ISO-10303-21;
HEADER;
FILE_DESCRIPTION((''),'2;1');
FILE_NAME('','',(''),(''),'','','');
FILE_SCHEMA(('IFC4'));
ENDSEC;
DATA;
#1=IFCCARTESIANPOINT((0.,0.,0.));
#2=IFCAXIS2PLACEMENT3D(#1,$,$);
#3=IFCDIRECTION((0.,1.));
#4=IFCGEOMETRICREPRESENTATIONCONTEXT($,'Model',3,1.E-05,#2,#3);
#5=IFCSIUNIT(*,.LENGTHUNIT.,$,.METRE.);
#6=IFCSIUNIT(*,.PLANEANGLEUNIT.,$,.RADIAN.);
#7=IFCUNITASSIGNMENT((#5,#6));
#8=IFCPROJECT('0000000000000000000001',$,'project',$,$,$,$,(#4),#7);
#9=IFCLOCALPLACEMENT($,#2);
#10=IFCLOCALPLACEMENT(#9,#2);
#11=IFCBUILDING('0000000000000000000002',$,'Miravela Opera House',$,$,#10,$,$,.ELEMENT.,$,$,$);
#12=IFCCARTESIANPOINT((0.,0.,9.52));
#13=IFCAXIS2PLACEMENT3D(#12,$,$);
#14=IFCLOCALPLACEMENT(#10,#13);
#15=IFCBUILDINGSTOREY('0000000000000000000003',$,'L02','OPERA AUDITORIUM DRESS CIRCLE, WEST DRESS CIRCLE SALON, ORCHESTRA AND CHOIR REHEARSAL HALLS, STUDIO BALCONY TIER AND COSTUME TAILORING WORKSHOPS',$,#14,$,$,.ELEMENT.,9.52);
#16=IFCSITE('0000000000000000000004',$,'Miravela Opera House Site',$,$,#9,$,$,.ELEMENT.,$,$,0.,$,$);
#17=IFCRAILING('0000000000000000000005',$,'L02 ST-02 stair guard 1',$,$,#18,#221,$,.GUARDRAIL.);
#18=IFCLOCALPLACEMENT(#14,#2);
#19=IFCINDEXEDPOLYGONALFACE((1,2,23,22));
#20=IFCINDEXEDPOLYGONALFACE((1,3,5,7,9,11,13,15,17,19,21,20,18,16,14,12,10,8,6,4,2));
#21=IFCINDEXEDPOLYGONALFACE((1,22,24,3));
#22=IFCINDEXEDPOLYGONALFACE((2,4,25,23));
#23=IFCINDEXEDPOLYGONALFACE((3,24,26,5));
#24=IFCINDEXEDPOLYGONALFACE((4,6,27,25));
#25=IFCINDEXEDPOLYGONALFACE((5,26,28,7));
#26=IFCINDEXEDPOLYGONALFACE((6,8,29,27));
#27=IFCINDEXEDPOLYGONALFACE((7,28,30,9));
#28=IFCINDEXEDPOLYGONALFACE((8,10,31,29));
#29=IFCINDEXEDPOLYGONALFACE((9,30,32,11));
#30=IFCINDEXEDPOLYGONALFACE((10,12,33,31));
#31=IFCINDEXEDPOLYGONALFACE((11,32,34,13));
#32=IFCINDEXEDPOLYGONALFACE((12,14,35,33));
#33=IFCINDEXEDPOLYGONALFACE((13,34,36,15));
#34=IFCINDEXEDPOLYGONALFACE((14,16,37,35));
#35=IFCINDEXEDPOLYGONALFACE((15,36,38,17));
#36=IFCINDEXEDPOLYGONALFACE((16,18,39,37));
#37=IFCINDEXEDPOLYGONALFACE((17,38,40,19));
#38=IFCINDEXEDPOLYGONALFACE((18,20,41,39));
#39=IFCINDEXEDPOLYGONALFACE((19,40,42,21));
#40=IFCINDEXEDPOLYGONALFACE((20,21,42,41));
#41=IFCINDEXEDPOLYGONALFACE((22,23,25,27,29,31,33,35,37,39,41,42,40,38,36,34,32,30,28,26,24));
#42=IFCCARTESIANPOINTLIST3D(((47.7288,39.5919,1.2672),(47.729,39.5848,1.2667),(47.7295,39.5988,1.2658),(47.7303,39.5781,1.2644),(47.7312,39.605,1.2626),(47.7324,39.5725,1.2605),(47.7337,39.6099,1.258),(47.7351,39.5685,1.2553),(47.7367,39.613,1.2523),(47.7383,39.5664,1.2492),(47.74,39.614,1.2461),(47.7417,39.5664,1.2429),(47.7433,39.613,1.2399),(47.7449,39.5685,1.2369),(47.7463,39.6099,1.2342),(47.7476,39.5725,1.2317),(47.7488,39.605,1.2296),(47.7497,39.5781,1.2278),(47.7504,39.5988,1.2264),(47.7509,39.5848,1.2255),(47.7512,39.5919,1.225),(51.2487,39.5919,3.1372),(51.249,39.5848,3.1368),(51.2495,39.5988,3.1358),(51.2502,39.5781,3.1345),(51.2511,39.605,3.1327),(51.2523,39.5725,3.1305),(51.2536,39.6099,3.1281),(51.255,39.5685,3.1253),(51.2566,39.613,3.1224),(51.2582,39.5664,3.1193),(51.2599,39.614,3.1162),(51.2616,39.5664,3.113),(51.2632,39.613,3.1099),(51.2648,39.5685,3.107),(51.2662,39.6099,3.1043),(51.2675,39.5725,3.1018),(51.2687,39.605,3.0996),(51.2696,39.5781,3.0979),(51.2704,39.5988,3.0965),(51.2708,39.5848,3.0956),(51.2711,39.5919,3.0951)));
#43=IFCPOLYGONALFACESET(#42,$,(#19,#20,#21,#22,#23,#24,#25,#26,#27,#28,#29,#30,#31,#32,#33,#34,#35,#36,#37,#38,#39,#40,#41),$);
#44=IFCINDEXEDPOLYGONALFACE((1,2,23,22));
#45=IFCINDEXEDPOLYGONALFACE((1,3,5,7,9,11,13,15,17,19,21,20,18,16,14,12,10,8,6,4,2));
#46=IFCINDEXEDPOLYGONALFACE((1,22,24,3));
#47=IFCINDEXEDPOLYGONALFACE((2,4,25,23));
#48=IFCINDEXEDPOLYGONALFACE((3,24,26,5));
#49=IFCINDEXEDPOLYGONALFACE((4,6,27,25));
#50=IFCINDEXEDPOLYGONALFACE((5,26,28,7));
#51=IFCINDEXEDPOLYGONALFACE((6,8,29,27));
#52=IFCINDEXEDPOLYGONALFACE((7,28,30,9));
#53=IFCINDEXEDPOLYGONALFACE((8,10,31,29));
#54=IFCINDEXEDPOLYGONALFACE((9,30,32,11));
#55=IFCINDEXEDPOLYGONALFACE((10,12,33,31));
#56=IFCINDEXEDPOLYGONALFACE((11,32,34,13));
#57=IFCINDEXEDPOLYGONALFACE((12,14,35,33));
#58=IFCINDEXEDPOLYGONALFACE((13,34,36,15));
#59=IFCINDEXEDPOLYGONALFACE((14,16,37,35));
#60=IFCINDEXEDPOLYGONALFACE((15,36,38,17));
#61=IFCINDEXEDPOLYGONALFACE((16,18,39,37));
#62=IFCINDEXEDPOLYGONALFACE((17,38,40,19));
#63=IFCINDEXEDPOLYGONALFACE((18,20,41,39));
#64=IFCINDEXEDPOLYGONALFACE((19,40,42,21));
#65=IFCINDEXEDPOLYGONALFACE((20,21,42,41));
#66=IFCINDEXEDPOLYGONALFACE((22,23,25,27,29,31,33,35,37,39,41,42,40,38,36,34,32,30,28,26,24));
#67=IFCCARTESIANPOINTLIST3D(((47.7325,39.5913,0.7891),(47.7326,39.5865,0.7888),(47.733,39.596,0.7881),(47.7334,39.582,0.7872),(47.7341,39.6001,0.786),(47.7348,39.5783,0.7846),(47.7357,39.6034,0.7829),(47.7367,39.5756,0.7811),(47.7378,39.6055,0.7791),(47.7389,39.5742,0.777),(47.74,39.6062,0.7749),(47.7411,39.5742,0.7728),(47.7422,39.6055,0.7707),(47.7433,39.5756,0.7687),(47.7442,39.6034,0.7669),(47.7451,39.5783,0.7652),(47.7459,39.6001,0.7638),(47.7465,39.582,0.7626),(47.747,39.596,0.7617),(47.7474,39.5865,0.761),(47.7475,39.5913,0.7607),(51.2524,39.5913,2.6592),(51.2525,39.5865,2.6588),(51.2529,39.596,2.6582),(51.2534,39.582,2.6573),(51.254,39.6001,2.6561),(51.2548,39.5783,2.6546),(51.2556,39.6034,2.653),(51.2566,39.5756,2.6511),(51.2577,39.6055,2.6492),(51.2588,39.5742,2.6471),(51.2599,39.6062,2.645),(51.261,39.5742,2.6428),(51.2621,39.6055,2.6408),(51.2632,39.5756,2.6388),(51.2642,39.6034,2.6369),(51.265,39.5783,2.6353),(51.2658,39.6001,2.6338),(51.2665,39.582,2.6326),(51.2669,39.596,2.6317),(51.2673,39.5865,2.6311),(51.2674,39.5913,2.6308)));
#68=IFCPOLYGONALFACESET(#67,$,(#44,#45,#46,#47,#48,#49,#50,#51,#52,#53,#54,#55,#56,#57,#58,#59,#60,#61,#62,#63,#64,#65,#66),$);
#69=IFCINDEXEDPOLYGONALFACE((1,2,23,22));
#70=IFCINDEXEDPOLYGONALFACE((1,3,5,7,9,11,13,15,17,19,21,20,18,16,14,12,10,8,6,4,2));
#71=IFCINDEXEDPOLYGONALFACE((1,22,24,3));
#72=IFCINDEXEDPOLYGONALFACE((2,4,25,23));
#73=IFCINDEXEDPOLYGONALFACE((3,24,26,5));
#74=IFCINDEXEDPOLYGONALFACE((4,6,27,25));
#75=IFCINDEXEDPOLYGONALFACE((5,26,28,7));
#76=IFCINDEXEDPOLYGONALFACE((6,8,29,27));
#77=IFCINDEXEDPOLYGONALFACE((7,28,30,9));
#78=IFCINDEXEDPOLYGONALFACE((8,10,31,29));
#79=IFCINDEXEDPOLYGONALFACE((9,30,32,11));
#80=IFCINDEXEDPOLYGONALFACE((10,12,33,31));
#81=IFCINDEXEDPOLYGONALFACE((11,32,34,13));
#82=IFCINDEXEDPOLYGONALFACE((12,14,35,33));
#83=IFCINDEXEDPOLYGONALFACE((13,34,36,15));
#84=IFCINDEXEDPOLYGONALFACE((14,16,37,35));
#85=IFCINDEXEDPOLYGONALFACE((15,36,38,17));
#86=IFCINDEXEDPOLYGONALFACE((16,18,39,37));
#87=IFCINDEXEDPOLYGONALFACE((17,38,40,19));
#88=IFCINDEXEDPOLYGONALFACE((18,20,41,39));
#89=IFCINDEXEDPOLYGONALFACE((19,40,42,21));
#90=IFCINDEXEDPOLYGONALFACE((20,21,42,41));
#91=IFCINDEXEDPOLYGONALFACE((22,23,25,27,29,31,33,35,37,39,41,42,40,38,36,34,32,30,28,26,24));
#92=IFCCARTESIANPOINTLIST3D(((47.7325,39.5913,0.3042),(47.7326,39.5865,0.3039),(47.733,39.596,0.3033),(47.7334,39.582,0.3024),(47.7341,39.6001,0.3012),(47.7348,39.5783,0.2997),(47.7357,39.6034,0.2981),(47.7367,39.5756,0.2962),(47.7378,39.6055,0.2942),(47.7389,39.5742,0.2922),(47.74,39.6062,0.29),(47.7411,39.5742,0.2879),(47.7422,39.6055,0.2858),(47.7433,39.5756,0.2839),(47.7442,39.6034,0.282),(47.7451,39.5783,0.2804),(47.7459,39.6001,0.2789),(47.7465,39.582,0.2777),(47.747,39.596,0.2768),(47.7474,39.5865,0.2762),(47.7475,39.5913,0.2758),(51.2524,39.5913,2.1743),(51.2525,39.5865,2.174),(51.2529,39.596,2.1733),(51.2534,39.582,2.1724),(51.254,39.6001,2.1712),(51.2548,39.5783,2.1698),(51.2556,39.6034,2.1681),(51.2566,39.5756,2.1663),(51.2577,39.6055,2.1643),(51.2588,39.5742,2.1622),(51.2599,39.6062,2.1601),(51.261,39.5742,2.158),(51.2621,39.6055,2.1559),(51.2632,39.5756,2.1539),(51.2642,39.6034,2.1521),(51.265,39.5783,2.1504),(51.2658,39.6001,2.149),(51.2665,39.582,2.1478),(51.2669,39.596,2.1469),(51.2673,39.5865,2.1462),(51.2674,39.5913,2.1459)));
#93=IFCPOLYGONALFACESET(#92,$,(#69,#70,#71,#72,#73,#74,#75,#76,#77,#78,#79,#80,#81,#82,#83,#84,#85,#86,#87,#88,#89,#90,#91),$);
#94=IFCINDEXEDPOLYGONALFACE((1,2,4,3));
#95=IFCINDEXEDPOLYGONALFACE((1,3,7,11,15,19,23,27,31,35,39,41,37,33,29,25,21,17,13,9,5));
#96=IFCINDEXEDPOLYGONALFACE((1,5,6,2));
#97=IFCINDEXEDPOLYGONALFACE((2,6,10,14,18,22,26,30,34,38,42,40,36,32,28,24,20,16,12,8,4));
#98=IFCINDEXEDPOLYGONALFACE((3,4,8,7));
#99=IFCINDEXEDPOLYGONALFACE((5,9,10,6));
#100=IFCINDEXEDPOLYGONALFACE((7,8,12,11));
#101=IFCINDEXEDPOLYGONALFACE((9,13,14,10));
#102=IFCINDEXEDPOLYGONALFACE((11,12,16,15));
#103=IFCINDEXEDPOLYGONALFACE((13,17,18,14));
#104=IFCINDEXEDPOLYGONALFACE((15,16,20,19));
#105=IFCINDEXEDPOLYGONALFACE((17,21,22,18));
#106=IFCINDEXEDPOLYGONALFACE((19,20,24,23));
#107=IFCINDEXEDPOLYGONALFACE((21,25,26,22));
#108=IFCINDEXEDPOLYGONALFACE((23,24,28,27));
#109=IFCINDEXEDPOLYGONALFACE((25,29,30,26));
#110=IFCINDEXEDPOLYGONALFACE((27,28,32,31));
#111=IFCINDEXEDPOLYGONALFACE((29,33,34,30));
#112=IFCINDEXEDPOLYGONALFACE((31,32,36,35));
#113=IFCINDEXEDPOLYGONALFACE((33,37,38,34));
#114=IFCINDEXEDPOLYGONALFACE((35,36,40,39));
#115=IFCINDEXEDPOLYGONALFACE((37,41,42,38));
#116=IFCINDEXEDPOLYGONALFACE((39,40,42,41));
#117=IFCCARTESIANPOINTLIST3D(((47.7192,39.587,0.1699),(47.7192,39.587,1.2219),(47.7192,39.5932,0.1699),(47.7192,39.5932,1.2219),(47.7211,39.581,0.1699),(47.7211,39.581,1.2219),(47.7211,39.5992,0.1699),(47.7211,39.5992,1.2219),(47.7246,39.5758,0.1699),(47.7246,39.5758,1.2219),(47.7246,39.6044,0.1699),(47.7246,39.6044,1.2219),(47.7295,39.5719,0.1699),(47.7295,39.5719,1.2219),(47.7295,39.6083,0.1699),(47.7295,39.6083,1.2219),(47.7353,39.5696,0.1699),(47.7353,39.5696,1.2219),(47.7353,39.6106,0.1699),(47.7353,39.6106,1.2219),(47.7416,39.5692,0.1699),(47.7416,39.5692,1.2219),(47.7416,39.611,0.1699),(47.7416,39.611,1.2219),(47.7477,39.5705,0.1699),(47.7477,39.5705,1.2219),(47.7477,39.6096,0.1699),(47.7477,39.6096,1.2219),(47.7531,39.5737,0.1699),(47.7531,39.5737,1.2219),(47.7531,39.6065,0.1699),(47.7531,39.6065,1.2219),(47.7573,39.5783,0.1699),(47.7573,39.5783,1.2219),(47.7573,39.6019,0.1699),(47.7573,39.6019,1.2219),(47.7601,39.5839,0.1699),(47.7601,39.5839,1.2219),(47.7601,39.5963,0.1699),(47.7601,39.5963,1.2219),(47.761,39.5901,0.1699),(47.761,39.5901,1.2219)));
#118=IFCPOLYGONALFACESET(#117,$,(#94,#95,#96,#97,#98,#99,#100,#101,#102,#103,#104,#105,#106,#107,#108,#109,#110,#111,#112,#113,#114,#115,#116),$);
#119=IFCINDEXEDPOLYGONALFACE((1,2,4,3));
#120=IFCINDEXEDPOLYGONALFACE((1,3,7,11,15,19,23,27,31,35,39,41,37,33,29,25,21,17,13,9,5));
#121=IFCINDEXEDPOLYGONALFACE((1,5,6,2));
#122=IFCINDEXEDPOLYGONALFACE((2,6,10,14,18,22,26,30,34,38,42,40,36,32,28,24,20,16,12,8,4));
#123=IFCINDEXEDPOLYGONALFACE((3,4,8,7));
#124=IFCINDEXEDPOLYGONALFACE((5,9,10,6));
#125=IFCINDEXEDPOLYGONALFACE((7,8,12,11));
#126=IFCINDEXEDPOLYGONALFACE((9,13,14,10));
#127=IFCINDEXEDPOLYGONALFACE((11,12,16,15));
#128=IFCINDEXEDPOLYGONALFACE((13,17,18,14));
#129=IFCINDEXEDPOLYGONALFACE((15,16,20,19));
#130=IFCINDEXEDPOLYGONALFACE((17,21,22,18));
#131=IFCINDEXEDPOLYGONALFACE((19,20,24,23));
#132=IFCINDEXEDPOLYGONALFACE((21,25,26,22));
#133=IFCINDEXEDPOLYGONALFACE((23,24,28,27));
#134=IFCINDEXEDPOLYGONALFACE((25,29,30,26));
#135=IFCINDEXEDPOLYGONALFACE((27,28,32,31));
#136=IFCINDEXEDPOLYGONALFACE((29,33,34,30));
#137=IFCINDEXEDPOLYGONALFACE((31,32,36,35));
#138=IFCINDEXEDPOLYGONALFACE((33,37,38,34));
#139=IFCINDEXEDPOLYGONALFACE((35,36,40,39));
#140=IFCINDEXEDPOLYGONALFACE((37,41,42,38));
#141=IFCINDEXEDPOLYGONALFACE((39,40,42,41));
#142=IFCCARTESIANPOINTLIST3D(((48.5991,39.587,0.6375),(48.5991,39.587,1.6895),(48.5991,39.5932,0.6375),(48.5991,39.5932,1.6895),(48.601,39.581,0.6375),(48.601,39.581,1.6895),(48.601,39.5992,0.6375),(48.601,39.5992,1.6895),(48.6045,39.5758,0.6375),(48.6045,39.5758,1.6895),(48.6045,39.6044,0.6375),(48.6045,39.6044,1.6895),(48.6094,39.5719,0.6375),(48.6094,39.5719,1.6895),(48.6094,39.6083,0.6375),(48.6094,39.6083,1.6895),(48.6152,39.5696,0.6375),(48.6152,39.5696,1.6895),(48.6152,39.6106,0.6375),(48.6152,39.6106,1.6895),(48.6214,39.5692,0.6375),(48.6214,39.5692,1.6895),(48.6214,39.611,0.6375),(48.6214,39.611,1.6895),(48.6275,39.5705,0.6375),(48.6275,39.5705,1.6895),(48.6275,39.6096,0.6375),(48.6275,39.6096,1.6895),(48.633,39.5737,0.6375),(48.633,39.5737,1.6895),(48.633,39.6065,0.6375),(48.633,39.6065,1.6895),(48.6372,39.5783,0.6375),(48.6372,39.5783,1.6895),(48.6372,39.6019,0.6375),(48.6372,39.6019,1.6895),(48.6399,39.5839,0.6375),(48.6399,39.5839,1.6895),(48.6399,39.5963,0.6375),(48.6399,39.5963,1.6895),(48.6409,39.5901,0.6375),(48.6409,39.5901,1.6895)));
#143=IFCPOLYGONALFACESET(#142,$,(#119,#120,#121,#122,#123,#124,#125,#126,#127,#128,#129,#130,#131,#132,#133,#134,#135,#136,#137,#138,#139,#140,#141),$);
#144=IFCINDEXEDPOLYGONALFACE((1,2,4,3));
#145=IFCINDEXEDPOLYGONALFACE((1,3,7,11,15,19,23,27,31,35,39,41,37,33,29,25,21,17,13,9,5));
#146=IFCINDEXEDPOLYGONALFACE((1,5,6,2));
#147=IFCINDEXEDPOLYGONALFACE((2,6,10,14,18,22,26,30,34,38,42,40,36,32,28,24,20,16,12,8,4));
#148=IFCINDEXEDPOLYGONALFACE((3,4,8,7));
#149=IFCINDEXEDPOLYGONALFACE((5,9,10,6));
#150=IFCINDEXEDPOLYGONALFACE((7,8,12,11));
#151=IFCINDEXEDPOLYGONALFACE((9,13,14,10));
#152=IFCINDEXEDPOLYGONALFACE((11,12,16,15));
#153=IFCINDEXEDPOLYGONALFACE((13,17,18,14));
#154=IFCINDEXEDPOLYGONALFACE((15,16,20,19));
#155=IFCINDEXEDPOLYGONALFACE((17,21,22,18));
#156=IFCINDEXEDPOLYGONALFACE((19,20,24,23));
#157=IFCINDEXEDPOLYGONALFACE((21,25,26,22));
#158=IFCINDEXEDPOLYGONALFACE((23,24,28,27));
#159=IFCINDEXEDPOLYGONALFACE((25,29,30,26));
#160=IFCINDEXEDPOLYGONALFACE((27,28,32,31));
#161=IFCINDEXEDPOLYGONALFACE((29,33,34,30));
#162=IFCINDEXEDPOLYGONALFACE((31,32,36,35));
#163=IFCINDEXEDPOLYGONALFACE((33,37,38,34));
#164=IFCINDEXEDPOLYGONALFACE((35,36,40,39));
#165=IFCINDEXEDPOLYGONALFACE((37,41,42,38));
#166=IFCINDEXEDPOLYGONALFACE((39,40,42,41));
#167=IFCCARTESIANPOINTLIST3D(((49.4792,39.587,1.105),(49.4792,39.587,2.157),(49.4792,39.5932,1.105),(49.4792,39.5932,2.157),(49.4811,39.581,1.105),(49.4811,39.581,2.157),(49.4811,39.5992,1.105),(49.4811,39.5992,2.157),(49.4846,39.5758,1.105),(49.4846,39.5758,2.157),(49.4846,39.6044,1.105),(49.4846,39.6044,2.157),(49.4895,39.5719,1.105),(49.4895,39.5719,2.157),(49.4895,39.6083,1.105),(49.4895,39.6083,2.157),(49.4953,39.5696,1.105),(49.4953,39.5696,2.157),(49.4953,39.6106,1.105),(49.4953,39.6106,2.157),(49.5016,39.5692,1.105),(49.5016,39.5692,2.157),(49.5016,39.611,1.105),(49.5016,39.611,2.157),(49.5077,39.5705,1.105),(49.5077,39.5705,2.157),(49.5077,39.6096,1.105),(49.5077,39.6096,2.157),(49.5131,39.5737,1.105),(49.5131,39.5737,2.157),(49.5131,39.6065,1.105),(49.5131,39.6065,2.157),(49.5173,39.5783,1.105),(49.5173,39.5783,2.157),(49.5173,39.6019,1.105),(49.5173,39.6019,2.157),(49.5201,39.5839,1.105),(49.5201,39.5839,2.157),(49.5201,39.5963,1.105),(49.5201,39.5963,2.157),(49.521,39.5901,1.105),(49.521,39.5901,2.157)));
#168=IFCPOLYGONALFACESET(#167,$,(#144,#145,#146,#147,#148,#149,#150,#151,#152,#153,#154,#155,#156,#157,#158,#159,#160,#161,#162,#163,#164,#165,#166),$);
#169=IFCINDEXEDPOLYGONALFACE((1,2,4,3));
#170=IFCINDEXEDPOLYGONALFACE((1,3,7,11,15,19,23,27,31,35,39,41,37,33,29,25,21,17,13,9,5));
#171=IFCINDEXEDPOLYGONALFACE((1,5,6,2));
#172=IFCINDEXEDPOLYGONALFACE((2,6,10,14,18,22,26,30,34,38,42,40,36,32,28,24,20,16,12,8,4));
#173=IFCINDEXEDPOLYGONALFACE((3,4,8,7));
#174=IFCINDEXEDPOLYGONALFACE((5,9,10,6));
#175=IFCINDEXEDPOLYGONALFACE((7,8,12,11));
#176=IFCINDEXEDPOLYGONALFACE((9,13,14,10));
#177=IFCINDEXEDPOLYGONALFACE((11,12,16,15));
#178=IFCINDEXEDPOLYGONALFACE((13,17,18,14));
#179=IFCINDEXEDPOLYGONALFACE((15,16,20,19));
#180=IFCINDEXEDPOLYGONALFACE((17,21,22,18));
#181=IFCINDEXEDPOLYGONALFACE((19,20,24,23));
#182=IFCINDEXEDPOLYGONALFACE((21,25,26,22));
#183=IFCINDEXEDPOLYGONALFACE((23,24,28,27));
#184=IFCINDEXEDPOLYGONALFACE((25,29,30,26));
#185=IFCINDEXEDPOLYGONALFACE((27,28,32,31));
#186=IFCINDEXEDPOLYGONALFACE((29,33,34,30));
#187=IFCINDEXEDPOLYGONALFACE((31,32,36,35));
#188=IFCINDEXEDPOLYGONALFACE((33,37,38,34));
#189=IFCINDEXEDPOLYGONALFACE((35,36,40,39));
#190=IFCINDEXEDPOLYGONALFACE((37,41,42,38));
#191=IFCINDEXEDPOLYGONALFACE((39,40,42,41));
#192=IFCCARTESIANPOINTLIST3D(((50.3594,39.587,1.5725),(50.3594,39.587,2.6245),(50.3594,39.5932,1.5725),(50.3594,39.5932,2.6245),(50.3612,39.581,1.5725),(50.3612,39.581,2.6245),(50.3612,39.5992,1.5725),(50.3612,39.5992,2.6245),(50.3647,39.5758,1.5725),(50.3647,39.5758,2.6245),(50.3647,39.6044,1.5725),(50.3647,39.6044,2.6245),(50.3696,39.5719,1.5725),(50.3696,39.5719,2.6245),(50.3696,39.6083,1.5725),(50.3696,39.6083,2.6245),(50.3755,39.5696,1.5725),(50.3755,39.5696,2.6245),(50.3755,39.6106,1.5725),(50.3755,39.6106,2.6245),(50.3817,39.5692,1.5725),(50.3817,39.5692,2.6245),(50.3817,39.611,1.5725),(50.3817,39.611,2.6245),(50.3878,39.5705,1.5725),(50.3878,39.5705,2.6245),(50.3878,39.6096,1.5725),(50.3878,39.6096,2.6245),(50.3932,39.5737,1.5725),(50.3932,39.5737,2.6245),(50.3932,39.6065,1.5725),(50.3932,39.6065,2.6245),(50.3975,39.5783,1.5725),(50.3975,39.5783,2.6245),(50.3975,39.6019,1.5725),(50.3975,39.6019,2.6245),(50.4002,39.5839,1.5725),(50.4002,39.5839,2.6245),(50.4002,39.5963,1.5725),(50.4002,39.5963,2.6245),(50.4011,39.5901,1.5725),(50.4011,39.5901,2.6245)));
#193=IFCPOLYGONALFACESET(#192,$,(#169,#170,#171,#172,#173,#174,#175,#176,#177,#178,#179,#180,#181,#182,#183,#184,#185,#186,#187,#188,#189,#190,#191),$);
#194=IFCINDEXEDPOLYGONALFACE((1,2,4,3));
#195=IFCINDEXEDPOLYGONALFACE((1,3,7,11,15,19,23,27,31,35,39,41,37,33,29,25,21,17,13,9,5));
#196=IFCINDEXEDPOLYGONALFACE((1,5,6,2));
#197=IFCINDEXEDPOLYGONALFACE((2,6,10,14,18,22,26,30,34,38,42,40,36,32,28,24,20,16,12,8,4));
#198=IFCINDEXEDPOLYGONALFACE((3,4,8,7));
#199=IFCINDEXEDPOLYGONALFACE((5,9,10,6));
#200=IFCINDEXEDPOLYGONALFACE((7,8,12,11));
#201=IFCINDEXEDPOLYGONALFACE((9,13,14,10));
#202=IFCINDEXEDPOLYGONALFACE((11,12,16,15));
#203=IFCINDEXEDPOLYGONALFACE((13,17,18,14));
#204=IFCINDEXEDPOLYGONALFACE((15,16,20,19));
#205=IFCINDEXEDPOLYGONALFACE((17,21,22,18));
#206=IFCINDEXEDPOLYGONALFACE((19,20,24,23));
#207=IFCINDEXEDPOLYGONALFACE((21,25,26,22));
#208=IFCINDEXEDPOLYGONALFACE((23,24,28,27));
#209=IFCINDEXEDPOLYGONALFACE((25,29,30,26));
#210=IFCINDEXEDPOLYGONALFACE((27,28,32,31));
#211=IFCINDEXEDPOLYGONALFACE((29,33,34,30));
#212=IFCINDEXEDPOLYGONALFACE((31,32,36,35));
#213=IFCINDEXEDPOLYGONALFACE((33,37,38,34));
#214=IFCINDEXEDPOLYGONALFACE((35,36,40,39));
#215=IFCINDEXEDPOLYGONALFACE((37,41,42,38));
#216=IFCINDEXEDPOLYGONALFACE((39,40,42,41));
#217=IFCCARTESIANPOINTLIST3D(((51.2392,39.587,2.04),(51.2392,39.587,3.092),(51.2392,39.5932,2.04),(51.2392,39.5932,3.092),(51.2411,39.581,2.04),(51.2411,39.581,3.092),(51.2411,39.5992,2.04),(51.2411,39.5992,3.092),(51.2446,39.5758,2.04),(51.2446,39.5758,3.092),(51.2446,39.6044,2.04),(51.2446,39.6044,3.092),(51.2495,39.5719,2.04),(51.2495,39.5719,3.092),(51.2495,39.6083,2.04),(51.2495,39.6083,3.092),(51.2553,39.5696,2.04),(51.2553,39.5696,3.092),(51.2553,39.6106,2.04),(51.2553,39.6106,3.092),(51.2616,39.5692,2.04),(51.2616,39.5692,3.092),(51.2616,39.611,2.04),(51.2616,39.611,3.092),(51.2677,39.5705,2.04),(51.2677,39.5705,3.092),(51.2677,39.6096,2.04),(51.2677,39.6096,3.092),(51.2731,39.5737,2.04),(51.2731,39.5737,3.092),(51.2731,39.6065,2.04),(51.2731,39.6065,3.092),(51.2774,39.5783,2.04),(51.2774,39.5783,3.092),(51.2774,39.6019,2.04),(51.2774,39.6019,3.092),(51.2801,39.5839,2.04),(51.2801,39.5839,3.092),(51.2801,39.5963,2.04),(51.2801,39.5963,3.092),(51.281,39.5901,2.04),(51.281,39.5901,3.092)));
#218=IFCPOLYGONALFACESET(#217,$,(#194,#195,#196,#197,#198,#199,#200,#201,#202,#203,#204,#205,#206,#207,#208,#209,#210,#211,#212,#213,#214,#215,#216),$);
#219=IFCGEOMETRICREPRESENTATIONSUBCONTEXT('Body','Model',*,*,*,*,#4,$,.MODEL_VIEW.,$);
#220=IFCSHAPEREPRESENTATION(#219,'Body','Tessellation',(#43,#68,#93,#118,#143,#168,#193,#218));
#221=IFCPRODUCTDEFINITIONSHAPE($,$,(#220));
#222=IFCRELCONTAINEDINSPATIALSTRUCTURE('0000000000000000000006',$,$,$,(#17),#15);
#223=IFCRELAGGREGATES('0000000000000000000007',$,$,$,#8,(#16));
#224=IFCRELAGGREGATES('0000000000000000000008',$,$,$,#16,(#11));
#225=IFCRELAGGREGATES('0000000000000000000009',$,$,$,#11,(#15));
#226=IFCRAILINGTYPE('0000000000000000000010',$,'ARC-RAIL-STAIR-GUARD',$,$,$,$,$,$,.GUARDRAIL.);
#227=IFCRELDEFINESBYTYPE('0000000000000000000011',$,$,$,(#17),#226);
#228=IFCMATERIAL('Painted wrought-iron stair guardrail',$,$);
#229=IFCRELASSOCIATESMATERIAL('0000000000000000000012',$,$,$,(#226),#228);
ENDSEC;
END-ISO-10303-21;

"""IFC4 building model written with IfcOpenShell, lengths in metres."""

from ifc_helpers import new_model, si_unit, direction, frame, origin, origin_2d, place, context, subcontext, project, spatial, circle, extrude, material, type_object, element, save


model = new_model("IFC4")

# Units and contexts
model_context = context("Model", 3, precision=1e-05, world=origin(), true_north=direction((0.0, 1.0)))
body_context = subcontext(model_context, "Body", "Model", "MODEL_VIEW")
ifc_project = project(units=[si_unit("LENGTHUNIT", "METRE"), si_unit("PLANEANGLEUNIT", "RADIAN")], contexts=[model_context])

# Site, building, storey
site_placement = place(None, origin())
site = spatial("IfcSite", under=ifc_project, at=site_placement, Name="Miravela Opera House Site", CompositionType="ELEMENT", RefElevation=0.0)
building_placement = place(site_placement, origin())
building = spatial("IfcBuilding", under=site, at=building_placement, Name="Miravela Opera House", CompositionType="ELEMENT")
storey_placement = place(building_placement, frame((0.0, 0.0, 9.52)))
storey = spatial("IfcBuildingStorey", under=building, at=storey_placement, Name="L02", Description="OPERA AUDITORIUM DRESS CIRCLE, WEST DRESS CIRCLE SALON, ORCHESTRA AND CHOIR REHEARSAL HALLS, STUDIO BALCONY TIER AND COSTUME TAILORING WORKSHOPS", CompositionType="ELEMENT", Elevation=9.52)

# Railing
ifc_material_1 = material(Name="Painted wrought-iron stair guardrail")
railing_type_1 = type_object("IfcRailingType", Name="ARC-RAIL-STAIR-GUARD", PredefinedType="GUARDRAIL", material=ifc_material_1)
railing_1_placement = place(storey_placement, frame((47.74, 39.5901, 0.1699)))
element("IfcRailing", 1, at=railing_1_placement, inside=storey, type_object=railing_type_1, Name="L02 ST-02 stair guard 1", PredefinedType="GUARDRAIL", context=body_context, shape_type="SweptSolid", body=[
    extrude(circle(Radius=0.0239, at=origin_2d()), frame((0.0, 0.0, 1.0762), z_axis=(0.883105, 0.0, 0.469176), x_axis=(0.0, 1.0, 0.0)), (0.0, 0.0, 1.0), 3.9858),
    extrude(circle(Radius=0.0161, at=origin_2d()), frame((0.0, 0.0, 0.605), z_axis=(0.883105, 0.0, 0.469176), x_axis=(0.0, 1.0, 0.0)), (0.0, 0.0, 1.0), 3.9858),
    extrude(circle(Radius=0.0161, at=origin_2d()), frame((0.0, 0.0, 0.1201), z_axis=(0.883105, 0.0, 0.469176), x_axis=(0.0, 1.0, 0.0)), (0.0, 0.0, 1.0), 3.9858),
    extrude(circle(Radius=0.021, at=origin_2d()), origin(), (0.0, 0.0, 1.0), 1.052),
    extrude(circle(Radius=0.021, at=origin_2d()), frame((0.8799, 0.0, 0.4675)), (0.0, 0.0, 1.0), 1.052),
    extrude(circle(Radius=0.021, at=origin_2d()), frame((1.76, 0.0, 0.9351)), (0.0, 0.0, 1.0), 1.052),
    extrude(circle(Radius=0.021, at=origin_2d()), frame((2.6401, 0.0, 1.4026)), (0.0, 0.0, 1.0), 1.052),
    extrude(circle(Radius=0.021, at=origin_2d()), frame((3.52, 0.0, 1.8701)), (0.0, 0.0, 1.0), 1.052),
])

save(model, "model.ifc")
